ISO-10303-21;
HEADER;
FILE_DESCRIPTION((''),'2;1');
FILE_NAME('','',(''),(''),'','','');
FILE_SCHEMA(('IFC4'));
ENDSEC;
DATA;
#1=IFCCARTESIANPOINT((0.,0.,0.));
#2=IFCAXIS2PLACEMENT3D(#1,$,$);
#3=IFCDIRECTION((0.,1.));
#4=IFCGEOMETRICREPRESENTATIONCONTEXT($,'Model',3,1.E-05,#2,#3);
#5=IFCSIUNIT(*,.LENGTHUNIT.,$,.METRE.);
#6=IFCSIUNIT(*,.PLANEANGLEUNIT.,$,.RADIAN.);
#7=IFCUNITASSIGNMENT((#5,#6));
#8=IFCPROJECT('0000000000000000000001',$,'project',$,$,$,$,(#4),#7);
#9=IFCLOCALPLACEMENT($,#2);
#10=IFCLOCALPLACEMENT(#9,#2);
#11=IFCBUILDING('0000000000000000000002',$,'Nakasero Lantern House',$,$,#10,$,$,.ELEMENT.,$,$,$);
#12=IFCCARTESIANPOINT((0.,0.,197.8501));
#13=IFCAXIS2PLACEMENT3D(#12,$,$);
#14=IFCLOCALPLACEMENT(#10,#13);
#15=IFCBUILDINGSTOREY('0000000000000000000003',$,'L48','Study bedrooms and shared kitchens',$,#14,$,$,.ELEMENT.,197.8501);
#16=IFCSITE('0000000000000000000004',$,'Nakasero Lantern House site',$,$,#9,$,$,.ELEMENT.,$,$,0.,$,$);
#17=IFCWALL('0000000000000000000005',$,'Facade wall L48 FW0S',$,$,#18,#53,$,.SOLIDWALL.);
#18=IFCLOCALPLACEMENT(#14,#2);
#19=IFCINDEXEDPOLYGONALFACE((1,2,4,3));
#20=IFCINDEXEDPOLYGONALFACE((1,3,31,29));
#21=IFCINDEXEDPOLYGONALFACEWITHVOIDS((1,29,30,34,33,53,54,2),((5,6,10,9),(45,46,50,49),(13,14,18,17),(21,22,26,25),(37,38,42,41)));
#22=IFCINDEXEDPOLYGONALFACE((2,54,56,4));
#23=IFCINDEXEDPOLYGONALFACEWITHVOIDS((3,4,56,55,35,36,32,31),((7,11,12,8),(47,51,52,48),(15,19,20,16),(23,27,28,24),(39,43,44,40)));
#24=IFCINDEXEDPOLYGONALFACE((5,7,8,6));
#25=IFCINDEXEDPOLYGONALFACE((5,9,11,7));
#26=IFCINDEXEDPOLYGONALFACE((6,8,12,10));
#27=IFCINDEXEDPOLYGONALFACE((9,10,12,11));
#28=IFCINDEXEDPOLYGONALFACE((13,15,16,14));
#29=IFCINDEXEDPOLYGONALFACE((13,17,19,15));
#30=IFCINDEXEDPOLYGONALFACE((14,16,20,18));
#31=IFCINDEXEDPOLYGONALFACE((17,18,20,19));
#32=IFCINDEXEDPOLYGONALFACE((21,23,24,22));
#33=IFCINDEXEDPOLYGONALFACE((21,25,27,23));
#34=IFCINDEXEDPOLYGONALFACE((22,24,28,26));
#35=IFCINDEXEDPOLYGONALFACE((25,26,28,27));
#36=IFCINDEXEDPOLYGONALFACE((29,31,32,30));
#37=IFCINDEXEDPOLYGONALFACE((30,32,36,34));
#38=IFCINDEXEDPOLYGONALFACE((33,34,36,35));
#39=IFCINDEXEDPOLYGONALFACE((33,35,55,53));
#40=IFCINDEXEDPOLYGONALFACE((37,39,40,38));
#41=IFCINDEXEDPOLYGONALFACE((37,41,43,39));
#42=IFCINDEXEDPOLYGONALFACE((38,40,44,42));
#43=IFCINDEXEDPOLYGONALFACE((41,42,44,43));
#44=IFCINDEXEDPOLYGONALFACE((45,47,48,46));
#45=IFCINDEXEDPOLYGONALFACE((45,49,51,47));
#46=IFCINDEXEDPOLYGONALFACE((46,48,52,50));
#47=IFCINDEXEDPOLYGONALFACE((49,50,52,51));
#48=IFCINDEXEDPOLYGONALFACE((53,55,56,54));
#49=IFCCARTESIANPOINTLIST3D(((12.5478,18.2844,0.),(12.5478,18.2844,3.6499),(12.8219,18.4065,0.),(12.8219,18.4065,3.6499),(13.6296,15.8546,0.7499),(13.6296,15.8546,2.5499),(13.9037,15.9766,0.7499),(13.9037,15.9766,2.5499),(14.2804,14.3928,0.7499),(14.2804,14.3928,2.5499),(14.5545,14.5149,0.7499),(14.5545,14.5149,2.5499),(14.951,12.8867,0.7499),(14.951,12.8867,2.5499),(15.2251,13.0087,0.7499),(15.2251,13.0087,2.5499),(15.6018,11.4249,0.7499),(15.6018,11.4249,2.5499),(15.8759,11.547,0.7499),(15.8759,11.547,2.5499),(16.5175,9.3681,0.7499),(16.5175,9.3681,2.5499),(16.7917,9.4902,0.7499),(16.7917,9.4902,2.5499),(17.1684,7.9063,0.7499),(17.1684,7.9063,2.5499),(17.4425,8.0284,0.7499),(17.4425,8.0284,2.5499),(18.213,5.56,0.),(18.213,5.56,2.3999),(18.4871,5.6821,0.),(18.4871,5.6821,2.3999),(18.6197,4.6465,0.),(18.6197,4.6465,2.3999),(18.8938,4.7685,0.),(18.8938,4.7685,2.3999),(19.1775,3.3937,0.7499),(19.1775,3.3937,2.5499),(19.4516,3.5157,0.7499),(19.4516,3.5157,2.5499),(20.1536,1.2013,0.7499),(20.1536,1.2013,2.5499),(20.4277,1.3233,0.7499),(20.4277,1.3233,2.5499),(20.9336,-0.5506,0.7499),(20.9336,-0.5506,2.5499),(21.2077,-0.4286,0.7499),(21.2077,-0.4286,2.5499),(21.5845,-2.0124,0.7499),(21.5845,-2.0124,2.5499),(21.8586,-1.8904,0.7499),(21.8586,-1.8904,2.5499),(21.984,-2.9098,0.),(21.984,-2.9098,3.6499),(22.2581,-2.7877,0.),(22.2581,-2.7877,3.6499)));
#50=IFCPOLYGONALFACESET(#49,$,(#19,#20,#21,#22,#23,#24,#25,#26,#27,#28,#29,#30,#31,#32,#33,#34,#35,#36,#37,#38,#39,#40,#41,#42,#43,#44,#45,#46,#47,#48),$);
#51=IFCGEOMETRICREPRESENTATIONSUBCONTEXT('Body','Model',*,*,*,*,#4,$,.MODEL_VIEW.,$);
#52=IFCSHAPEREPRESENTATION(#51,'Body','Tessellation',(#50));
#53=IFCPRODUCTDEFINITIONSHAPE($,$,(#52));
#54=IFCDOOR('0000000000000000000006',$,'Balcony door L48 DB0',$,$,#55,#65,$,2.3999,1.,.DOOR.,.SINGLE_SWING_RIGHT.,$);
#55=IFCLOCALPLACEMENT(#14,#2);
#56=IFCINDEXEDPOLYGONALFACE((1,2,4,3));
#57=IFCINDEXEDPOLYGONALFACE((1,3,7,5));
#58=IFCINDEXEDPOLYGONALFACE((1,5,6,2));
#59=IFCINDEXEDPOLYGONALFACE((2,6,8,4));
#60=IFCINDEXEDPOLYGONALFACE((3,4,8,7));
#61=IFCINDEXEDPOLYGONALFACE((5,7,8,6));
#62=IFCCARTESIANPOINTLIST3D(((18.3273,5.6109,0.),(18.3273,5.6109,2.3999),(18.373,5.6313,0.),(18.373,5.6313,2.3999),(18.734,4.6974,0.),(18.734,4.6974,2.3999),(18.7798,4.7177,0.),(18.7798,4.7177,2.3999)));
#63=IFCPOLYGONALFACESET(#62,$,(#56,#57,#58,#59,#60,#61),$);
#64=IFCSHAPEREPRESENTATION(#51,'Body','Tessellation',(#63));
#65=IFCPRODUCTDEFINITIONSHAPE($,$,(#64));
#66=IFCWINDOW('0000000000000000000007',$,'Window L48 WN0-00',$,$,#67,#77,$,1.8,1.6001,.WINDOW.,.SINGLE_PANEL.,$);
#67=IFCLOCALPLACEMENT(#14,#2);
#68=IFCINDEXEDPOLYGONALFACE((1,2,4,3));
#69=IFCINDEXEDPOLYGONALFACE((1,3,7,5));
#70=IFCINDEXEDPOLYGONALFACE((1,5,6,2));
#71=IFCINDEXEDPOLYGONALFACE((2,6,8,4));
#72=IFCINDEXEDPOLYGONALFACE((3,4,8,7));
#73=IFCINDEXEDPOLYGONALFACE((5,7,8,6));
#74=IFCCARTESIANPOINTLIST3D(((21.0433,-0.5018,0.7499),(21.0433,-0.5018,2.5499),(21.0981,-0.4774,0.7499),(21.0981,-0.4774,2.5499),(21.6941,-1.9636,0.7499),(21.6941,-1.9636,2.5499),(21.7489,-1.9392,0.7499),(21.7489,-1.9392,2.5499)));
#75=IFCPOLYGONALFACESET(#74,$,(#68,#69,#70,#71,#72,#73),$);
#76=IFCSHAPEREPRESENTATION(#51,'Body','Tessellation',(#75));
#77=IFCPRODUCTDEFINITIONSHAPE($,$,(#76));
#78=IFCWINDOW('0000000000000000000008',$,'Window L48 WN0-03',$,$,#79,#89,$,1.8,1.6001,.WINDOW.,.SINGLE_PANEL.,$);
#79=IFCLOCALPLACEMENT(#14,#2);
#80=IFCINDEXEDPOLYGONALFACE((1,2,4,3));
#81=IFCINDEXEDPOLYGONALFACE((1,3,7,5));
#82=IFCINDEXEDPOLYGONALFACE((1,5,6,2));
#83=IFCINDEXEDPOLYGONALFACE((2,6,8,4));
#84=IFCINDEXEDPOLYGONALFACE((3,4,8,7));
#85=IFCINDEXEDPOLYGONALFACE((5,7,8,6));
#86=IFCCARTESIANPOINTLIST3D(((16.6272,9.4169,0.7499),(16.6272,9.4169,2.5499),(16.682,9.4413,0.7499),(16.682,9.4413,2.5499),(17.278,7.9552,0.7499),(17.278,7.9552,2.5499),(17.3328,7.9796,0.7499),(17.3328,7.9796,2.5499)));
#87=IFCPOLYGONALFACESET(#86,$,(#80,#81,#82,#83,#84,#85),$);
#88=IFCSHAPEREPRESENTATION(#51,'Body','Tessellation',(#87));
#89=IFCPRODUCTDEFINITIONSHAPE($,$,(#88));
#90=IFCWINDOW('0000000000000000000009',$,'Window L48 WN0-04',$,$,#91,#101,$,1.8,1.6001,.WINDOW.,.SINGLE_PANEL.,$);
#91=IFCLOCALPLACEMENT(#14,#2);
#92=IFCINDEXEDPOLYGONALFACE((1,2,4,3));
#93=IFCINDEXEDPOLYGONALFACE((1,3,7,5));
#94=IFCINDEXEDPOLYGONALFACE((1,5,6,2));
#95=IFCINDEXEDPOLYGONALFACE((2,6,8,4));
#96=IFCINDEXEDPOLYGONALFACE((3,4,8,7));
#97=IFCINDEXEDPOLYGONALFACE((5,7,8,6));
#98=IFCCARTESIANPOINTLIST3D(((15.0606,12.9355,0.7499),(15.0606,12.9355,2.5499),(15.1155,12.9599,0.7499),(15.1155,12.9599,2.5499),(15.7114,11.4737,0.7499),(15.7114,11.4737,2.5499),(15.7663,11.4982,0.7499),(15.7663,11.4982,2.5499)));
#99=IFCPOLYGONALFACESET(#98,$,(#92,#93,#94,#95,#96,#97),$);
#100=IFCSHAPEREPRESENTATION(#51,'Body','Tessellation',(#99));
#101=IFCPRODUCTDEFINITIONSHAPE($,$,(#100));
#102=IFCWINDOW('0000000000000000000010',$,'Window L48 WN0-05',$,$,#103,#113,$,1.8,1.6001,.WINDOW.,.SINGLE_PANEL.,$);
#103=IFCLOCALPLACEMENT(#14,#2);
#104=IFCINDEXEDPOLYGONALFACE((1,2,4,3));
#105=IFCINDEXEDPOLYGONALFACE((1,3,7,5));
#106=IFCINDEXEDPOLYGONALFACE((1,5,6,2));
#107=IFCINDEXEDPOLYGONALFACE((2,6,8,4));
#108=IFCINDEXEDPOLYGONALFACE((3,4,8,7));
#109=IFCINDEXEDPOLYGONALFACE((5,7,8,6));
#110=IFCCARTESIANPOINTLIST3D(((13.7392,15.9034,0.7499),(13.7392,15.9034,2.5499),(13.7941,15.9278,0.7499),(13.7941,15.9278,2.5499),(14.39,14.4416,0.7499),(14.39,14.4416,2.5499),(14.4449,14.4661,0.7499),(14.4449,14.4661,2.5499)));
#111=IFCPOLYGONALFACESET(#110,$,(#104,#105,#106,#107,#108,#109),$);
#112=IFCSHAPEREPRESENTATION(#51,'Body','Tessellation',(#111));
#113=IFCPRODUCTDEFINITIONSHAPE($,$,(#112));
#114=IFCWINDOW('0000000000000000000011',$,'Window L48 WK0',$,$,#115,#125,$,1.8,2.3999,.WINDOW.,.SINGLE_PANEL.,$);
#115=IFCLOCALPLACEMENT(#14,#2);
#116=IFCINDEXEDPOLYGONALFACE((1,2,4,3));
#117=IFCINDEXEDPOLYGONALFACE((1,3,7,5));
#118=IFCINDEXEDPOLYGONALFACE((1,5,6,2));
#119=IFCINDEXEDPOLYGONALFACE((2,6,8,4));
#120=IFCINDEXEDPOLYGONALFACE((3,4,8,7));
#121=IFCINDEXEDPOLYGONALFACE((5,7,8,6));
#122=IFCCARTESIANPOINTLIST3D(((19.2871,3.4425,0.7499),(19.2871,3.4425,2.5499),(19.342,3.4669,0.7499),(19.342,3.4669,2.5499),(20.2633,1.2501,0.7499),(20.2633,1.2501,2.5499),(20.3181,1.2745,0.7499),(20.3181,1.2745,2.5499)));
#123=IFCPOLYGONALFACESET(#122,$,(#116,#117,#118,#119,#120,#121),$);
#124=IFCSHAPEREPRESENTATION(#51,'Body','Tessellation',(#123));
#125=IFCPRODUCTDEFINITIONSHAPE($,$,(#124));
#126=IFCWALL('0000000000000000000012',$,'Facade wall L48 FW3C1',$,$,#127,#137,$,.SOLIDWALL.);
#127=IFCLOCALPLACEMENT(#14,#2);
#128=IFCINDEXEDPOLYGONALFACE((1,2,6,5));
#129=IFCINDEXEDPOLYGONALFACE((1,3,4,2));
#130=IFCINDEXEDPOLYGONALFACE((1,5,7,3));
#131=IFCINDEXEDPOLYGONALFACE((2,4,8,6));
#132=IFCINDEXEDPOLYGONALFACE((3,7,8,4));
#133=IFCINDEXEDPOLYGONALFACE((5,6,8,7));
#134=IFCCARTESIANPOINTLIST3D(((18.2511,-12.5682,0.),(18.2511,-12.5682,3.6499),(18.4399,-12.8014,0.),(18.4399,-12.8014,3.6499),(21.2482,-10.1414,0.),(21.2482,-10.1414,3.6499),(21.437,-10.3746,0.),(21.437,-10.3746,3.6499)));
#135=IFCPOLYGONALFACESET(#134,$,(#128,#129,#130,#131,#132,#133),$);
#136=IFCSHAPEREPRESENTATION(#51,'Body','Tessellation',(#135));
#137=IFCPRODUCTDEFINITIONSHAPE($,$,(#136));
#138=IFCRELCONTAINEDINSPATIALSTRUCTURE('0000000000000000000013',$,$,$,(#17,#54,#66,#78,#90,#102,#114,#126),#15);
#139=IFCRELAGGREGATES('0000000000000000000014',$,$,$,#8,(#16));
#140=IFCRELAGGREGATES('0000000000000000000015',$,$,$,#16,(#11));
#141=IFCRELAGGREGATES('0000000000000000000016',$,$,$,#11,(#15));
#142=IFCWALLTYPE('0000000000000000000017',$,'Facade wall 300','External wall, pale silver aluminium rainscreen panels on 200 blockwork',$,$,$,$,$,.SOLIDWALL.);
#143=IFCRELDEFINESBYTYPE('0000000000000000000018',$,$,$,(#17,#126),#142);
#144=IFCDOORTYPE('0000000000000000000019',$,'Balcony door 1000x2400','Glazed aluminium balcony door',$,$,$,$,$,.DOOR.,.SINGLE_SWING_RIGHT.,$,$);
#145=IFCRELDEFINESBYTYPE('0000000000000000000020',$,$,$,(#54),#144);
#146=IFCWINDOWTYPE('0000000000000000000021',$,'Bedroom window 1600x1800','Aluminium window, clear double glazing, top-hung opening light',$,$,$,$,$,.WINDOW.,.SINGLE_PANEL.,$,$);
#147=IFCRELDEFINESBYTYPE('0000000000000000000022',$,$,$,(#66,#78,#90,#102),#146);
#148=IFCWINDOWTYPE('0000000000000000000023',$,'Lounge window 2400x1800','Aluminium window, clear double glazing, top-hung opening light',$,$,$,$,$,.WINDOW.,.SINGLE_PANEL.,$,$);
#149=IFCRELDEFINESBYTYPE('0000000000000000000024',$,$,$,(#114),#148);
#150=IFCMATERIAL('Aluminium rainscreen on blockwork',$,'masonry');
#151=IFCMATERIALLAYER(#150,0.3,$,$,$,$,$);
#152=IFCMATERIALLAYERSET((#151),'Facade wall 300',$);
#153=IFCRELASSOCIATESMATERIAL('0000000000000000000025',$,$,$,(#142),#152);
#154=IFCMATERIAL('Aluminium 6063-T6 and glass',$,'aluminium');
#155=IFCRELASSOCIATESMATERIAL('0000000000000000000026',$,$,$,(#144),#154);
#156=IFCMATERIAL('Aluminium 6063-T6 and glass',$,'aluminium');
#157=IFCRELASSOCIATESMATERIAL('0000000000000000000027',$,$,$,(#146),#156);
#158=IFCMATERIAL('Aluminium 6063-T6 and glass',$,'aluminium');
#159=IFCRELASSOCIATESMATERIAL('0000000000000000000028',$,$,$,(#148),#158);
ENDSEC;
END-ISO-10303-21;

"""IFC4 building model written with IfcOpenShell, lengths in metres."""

from ifc_helpers import new_model, si_unit, direction, frame, frame_2d, origin, place, context, subcontext, project, spatial, rectangle, extrude, material, layer, layer_set, type_object, element, fill, save


model = new_model("IFC4")

# Units and contexts
model_context = context("Model", 3, precision=1e-05, world=origin(), true_north=direction((0.0, 1.0)))
body_context = subcontext(model_context, "Body", "Model", "MODEL_VIEW")
ifc_project = project(units=[si_unit("LENGTHUNIT", "METRE"), si_unit("PLANEANGLEUNIT", "RADIAN")], contexts=[model_context])

# Site, building, storey
site_placement = place(None, origin())
site = spatial("IfcSite", under=ifc_project, at=site_placement, Name="Nakasero Lantern House site", CompositionType="ELEMENT", RefElevation=0.0)
building_placement = place(site_placement, origin())
building = spatial("IfcBuilding", under=site, at=building_placement, Name="Nakasero Lantern House", CompositionType="ELEMENT")
storey_placement = place(building_placement, frame((0.0, 0.0, 197.8501)))
storey = spatial("IfcBuildingStorey", under=building, at=storey_placement, Name="L48", Description="Study bedrooms and shared kitchens", CompositionType="ELEMENT", Elevation=197.8501)

# Wall, openings, door, windows
ifc_material_1 = material(Name="Aluminium rainscreen on blockwork", Category="masonry")
ifc_layer_1 = layer(ifc_material_1, 0.3)
ifc_layer_set_1 = layer_set([ifc_layer_1], Name="Facade wall 300")
wall_type_1 = type_object("IfcWallType", Name="Facade wall 300", Description="External wall, pale silver aluminium rainscreen panels on 200 blockwork", PredefinedType="SOLIDWALL", material=ifc_layer_set_1)
wall_1_placement = place(storey_placement, frame((22.1211, -2.8489, 0.0), z_axis=(0.0, 0.0, 1.0), x_axis=(-0.406735, 0.913546, 0.0)))
wall_1 = element("IfcWall", 1, at=wall_1_placement, inside=storey, type_object=wall_type_1, Name="Facade wall L48 FW0S", PredefinedType="SOLIDWALL", context=body_context, shape_type="SweptSolid", body=[
    extrude(rectangle(XDim=23.2, YDim=0.3, at=frame_2d((11.6001, 0.0))), origin(), (0.0, 0.0, 1.0), 3.6499),
])
opening_1_placement = place(wall_1_placement, frame((0.9824, 0.0, 0.75)))
opening_1 = element("IfcOpeningElement", 2, at=opening_1_placement, cuts=wall_1, PredefinedType="OPENING", context=body_context, shape_type="SweptSolid", body=[
    extrude(rectangle(XDim=1.6001, YDim=1.8, at=frame_2d((0.8, 0.8999))), frame((0.0, 0.1699, 0.0), z_axis=(0.0, -1.0, 0.0), x_axis=(1.0, 0.0, 0.0)), (0.0, 0.0, 1.0), 0.3401),
])
opening_2_placement = place(wall_1_placement, frame((11.8398, 0.0, 0.75)))
opening_2 = element("IfcOpeningElement", 3, at=opening_2_placement, cuts=wall_1, PredefinedType="OPENING", context=body_context, shape_type="SweptSolid", body=[
    extrude(rectangle(XDim=1.6001, YDim=1.8, at=frame_2d((0.8, 0.8999))), frame((0.0, 0.1699, 0.0), z_axis=(0.0, -1.0, 0.0), x_axis=(1.0, 0.0, 0.0)), (0.0, 0.0, 1.0), 0.3401),
])
opening_3_placement = place(wall_1_placement, frame((15.6914, 0.0, 0.75)))
opening_3 = element("IfcOpeningElement", 4, at=opening_3_placement, cuts=wall_1, PredefinedType="OPENING", context=body_context, shape_type="SweptSolid", body=[
    extrude(rectangle(XDim=1.6001, YDim=1.8, at=frame_2d((0.8, 0.8999))), frame((0.0, 0.1699, 0.0), z_axis=(0.0, -1.0, 0.0), x_axis=(1.0, 0.0, 0.0)), (0.0, 0.0, 1.0), 0.3401),
])
opening_4_placement = place(wall_1_placement, frame((18.9402, 0.0, 0.75)))
opening_4 = element("IfcOpeningElement", 5, at=opening_4_placement, cuts=wall_1, PredefinedType="OPENING", context=body_context, shape_type="SweptSolid", body=[
    extrude(rectangle(XDim=1.6001, YDim=1.8, at=frame_2d((0.8, 0.8999))), frame((0.0, 0.1699, 0.0), z_axis=(0.0, -1.0, 0.0), x_axis=(1.0, 0.0, 0.0)), (0.0, 0.0, 1.0), 0.3401),
])
opening_5_placement = place(wall_1_placement, frame((4.5002, 0.0, 0.75)))
opening_5 = element("IfcOpeningElement", 6, at=opening_5_placement, cuts=wall_1, PredefinedType="OPENING", context=body_context, shape_type="SweptSolid", body=[
    extrude(rectangle(XDim=2.3999, YDim=1.8, at=frame_2d((1.2, 0.8999))), frame((0.0, 0.1699, 0.0), z_axis=(0.0, -1.0, 0.0), x_axis=(1.0, 0.0, 0.0)), (0.0, 0.0, 1.0), 0.3401),
])
opening_6_placement = place(wall_1_placement, frame((8.2715, 0.0, 0.0)))
opening_6 = element("IfcOpeningElement", 7, at=opening_6_placement, cuts=wall_1, PredefinedType="OPENING", context=body_context, shape_type="SweptSolid", body=[
    extrude(rectangle(XDim=1.0, YDim=2.3999, at=frame_2d((0.5, 1.2))), frame((0.0, 0.1699, 0.0), z_axis=(0.0, -1.0, 0.0), x_axis=(1.0, 0.0, 0.0)), (0.0, 0.0, 1.0), 0.3401),
])
ifc_material_2 = material(Name="Aluminium 6063-T6 and glass", Category="aluminium")
door_type_1 = type_object("IfcDoorType", Name="Balcony door 1000x2400", Description="Glazed aluminium balcony door", OperationType="SINGLE_SWING_RIGHT", PredefinedType="DOOR", material=ifc_material_2)
door_1_placement = place(opening_6_placement, origin())
door_1 = element("IfcDoor", 8, at=door_1_placement, inside=storey, type_object=door_type_1, Name="Balcony door L48 DB0", OperationType="SINGLE_SWING_RIGHT", OverallHeight=2.3999, OverallWidth=1.0, PredefinedType="DOOR", context=body_context, shape_type="SweptSolid", body=[
    extrude(rectangle(XDim=1.0, YDim=2.3999, at=frame_2d((0.5, 1.2))), frame((0.0, 0.0249, 0.0), z_axis=(0.0, -1.0, 0.0), x_axis=(1.0, 0.0, 0.0)), (0.0, 0.0, 1.0), 0.05),
])
fill(opening_6, door_1)
ifc_material_3 = material(Name="Aluminium 6063-T6 and glass", Category="aluminium")
window_type_1 = type_object("IfcWindowType", Name="Bedroom window 1600x1800", Description="Aluminium window, clear double glazing, top-hung opening light", PartitioningType="SINGLE_PANEL", PredefinedType="WINDOW", material=ifc_material_3)
window_1_placement = place(opening_1_placement, origin())
window_1 = element("IfcWindow", 9, at=window_1_placement, inside=storey, type_object=window_type_1, Name="Window L48 WN0-00", OverallHeight=1.8, OverallWidth=1.6001, PartitioningType="SINGLE_PANEL", PredefinedType="WINDOW", context=body_context, shape_type="SweptSolid", body=[
    extrude(rectangle(XDim=1.6001, YDim=1.8, at=frame_2d((0.8, 0.8999))), frame((0.0, 0.03, 0.0), z_axis=(0.0, -1.0, 0.0), x_axis=(1.0, 0.0, 0.0)), (0.0, 0.0, 1.0), 0.0601),
])
fill(opening_1, window_1)
window_2_placement = place(opening_2_placement, origin())
window_2 = element("IfcWindow", 10, at=window_2_placement, inside=storey, type_object=window_type_1, Name="Window L48 WN0-03", OverallHeight=1.8, OverallWidth=1.6001, PartitioningType="SINGLE_PANEL", PredefinedType="WINDOW", context=body_context, shape_type="SweptSolid", body=[
    extrude(rectangle(XDim=1.6001, YDim=1.8, at=frame_2d((0.8, 0.8999))), frame((0.0, 0.03, 0.0), z_axis=(0.0, -1.0, 0.0), x_axis=(1.0, 0.0, 0.0)), (0.0, 0.0, 1.0), 0.0601),
])
fill(opening_2, window_2)
window_3_placement = place(opening_3_placement, origin())
window_3 = element("IfcWindow", 11, at=window_3_placement, inside=storey, type_object=window_type_1, Name="Window L48 WN0-04", OverallHeight=1.8, OverallWidth=1.6001, PartitioningType="SINGLE_PANEL", PredefinedType="WINDOW", context=body_context, shape_type="SweptSolid", body=[
    extrude(rectangle(XDim=1.6001, YDim=1.8, at=frame_2d((0.8, 0.8999))), frame((0.0, 0.03, 0.0), z_axis=(0.0, -1.0, 0.0), x_axis=(1.0, 0.0, 0.0)), (0.0, 0.0, 1.0), 0.0601),
])
fill(opening_3, window_3)
window_4_placement = place(opening_4_placement, origin())
window_4 = element("IfcWindow", 12, at=window_4_placement, inside=storey, type_object=window_type_1, Name="Window L48 WN0-05", OverallHeight=1.8, OverallWidth=1.6001, PartitioningType="SINGLE_PANEL", PredefinedType="WINDOW", context=body_context, shape_type="SweptSolid", body=[
    extrude(rectangle(XDim=1.6001, YDim=1.8, at=frame_2d((0.8, 0.8999))), frame((0.0, 0.03, 0.0), z_axis=(0.0, -1.0, 0.0), x_axis=(1.0, 0.0, 0.0)), (0.0, 0.0, 1.0), 0.0601),
])
fill(opening_4, window_4)
ifc_material_4 = material(Name="Aluminium 6063-T6 and glass", Category="aluminium")
window_type_2 = type_object("IfcWindowType", Name="Lounge window 2400x1800", Description="Aluminium window, clear double glazing, top-hung opening light", PartitioningType="SINGLE_PANEL", PredefinedType="WINDOW", material=ifc_material_4)
window_5_placement = place(opening_5_placement, origin())
window_5 = element("IfcWindow", 13, at=window_5_placement, inside=storey, type_object=window_type_2, Name="Window L48 WK0", OverallHeight=1.8, OverallWidth=2.3999, PartitioningType="SINGLE_PANEL", PredefinedType="WINDOW", context=body_context, shape_type="SweptSolid", body=[
    extrude(rectangle(XDim=2.3999, YDim=1.8, at=frame_2d((1.2, 0.8999))), frame((0.0, 0.03, 0.0), z_axis=(0.0, -1.0, 0.0), x_axis=(1.0, 0.0, 0.0)), (0.0, 0.0, 1.0), 0.0601),
])
fill(opening_5, window_5)

# Wall
wall_2_placement = place(storey_placement, frame((18.3455, -12.6848, 0.0), z_axis=(0.0, 0.0, 1.0), x_axis=(0.777174, 0.629286, 0.0)))
element("IfcWall", 14, at=wall_2_placement, inside=storey, type_object=wall_type_1, Name="Facade wall L48 FW3C1", PredefinedType="SOLIDWALL", context=body_context, shape_type="SweptSolid", body=[
    extrude(rectangle(XDim=3.8564, YDim=0.3, at=frame_2d((1.9282, 0.0))), origin(), (0.0, 0.0, 1.0), 3.6499),
])

save(model, "model.ifc")
